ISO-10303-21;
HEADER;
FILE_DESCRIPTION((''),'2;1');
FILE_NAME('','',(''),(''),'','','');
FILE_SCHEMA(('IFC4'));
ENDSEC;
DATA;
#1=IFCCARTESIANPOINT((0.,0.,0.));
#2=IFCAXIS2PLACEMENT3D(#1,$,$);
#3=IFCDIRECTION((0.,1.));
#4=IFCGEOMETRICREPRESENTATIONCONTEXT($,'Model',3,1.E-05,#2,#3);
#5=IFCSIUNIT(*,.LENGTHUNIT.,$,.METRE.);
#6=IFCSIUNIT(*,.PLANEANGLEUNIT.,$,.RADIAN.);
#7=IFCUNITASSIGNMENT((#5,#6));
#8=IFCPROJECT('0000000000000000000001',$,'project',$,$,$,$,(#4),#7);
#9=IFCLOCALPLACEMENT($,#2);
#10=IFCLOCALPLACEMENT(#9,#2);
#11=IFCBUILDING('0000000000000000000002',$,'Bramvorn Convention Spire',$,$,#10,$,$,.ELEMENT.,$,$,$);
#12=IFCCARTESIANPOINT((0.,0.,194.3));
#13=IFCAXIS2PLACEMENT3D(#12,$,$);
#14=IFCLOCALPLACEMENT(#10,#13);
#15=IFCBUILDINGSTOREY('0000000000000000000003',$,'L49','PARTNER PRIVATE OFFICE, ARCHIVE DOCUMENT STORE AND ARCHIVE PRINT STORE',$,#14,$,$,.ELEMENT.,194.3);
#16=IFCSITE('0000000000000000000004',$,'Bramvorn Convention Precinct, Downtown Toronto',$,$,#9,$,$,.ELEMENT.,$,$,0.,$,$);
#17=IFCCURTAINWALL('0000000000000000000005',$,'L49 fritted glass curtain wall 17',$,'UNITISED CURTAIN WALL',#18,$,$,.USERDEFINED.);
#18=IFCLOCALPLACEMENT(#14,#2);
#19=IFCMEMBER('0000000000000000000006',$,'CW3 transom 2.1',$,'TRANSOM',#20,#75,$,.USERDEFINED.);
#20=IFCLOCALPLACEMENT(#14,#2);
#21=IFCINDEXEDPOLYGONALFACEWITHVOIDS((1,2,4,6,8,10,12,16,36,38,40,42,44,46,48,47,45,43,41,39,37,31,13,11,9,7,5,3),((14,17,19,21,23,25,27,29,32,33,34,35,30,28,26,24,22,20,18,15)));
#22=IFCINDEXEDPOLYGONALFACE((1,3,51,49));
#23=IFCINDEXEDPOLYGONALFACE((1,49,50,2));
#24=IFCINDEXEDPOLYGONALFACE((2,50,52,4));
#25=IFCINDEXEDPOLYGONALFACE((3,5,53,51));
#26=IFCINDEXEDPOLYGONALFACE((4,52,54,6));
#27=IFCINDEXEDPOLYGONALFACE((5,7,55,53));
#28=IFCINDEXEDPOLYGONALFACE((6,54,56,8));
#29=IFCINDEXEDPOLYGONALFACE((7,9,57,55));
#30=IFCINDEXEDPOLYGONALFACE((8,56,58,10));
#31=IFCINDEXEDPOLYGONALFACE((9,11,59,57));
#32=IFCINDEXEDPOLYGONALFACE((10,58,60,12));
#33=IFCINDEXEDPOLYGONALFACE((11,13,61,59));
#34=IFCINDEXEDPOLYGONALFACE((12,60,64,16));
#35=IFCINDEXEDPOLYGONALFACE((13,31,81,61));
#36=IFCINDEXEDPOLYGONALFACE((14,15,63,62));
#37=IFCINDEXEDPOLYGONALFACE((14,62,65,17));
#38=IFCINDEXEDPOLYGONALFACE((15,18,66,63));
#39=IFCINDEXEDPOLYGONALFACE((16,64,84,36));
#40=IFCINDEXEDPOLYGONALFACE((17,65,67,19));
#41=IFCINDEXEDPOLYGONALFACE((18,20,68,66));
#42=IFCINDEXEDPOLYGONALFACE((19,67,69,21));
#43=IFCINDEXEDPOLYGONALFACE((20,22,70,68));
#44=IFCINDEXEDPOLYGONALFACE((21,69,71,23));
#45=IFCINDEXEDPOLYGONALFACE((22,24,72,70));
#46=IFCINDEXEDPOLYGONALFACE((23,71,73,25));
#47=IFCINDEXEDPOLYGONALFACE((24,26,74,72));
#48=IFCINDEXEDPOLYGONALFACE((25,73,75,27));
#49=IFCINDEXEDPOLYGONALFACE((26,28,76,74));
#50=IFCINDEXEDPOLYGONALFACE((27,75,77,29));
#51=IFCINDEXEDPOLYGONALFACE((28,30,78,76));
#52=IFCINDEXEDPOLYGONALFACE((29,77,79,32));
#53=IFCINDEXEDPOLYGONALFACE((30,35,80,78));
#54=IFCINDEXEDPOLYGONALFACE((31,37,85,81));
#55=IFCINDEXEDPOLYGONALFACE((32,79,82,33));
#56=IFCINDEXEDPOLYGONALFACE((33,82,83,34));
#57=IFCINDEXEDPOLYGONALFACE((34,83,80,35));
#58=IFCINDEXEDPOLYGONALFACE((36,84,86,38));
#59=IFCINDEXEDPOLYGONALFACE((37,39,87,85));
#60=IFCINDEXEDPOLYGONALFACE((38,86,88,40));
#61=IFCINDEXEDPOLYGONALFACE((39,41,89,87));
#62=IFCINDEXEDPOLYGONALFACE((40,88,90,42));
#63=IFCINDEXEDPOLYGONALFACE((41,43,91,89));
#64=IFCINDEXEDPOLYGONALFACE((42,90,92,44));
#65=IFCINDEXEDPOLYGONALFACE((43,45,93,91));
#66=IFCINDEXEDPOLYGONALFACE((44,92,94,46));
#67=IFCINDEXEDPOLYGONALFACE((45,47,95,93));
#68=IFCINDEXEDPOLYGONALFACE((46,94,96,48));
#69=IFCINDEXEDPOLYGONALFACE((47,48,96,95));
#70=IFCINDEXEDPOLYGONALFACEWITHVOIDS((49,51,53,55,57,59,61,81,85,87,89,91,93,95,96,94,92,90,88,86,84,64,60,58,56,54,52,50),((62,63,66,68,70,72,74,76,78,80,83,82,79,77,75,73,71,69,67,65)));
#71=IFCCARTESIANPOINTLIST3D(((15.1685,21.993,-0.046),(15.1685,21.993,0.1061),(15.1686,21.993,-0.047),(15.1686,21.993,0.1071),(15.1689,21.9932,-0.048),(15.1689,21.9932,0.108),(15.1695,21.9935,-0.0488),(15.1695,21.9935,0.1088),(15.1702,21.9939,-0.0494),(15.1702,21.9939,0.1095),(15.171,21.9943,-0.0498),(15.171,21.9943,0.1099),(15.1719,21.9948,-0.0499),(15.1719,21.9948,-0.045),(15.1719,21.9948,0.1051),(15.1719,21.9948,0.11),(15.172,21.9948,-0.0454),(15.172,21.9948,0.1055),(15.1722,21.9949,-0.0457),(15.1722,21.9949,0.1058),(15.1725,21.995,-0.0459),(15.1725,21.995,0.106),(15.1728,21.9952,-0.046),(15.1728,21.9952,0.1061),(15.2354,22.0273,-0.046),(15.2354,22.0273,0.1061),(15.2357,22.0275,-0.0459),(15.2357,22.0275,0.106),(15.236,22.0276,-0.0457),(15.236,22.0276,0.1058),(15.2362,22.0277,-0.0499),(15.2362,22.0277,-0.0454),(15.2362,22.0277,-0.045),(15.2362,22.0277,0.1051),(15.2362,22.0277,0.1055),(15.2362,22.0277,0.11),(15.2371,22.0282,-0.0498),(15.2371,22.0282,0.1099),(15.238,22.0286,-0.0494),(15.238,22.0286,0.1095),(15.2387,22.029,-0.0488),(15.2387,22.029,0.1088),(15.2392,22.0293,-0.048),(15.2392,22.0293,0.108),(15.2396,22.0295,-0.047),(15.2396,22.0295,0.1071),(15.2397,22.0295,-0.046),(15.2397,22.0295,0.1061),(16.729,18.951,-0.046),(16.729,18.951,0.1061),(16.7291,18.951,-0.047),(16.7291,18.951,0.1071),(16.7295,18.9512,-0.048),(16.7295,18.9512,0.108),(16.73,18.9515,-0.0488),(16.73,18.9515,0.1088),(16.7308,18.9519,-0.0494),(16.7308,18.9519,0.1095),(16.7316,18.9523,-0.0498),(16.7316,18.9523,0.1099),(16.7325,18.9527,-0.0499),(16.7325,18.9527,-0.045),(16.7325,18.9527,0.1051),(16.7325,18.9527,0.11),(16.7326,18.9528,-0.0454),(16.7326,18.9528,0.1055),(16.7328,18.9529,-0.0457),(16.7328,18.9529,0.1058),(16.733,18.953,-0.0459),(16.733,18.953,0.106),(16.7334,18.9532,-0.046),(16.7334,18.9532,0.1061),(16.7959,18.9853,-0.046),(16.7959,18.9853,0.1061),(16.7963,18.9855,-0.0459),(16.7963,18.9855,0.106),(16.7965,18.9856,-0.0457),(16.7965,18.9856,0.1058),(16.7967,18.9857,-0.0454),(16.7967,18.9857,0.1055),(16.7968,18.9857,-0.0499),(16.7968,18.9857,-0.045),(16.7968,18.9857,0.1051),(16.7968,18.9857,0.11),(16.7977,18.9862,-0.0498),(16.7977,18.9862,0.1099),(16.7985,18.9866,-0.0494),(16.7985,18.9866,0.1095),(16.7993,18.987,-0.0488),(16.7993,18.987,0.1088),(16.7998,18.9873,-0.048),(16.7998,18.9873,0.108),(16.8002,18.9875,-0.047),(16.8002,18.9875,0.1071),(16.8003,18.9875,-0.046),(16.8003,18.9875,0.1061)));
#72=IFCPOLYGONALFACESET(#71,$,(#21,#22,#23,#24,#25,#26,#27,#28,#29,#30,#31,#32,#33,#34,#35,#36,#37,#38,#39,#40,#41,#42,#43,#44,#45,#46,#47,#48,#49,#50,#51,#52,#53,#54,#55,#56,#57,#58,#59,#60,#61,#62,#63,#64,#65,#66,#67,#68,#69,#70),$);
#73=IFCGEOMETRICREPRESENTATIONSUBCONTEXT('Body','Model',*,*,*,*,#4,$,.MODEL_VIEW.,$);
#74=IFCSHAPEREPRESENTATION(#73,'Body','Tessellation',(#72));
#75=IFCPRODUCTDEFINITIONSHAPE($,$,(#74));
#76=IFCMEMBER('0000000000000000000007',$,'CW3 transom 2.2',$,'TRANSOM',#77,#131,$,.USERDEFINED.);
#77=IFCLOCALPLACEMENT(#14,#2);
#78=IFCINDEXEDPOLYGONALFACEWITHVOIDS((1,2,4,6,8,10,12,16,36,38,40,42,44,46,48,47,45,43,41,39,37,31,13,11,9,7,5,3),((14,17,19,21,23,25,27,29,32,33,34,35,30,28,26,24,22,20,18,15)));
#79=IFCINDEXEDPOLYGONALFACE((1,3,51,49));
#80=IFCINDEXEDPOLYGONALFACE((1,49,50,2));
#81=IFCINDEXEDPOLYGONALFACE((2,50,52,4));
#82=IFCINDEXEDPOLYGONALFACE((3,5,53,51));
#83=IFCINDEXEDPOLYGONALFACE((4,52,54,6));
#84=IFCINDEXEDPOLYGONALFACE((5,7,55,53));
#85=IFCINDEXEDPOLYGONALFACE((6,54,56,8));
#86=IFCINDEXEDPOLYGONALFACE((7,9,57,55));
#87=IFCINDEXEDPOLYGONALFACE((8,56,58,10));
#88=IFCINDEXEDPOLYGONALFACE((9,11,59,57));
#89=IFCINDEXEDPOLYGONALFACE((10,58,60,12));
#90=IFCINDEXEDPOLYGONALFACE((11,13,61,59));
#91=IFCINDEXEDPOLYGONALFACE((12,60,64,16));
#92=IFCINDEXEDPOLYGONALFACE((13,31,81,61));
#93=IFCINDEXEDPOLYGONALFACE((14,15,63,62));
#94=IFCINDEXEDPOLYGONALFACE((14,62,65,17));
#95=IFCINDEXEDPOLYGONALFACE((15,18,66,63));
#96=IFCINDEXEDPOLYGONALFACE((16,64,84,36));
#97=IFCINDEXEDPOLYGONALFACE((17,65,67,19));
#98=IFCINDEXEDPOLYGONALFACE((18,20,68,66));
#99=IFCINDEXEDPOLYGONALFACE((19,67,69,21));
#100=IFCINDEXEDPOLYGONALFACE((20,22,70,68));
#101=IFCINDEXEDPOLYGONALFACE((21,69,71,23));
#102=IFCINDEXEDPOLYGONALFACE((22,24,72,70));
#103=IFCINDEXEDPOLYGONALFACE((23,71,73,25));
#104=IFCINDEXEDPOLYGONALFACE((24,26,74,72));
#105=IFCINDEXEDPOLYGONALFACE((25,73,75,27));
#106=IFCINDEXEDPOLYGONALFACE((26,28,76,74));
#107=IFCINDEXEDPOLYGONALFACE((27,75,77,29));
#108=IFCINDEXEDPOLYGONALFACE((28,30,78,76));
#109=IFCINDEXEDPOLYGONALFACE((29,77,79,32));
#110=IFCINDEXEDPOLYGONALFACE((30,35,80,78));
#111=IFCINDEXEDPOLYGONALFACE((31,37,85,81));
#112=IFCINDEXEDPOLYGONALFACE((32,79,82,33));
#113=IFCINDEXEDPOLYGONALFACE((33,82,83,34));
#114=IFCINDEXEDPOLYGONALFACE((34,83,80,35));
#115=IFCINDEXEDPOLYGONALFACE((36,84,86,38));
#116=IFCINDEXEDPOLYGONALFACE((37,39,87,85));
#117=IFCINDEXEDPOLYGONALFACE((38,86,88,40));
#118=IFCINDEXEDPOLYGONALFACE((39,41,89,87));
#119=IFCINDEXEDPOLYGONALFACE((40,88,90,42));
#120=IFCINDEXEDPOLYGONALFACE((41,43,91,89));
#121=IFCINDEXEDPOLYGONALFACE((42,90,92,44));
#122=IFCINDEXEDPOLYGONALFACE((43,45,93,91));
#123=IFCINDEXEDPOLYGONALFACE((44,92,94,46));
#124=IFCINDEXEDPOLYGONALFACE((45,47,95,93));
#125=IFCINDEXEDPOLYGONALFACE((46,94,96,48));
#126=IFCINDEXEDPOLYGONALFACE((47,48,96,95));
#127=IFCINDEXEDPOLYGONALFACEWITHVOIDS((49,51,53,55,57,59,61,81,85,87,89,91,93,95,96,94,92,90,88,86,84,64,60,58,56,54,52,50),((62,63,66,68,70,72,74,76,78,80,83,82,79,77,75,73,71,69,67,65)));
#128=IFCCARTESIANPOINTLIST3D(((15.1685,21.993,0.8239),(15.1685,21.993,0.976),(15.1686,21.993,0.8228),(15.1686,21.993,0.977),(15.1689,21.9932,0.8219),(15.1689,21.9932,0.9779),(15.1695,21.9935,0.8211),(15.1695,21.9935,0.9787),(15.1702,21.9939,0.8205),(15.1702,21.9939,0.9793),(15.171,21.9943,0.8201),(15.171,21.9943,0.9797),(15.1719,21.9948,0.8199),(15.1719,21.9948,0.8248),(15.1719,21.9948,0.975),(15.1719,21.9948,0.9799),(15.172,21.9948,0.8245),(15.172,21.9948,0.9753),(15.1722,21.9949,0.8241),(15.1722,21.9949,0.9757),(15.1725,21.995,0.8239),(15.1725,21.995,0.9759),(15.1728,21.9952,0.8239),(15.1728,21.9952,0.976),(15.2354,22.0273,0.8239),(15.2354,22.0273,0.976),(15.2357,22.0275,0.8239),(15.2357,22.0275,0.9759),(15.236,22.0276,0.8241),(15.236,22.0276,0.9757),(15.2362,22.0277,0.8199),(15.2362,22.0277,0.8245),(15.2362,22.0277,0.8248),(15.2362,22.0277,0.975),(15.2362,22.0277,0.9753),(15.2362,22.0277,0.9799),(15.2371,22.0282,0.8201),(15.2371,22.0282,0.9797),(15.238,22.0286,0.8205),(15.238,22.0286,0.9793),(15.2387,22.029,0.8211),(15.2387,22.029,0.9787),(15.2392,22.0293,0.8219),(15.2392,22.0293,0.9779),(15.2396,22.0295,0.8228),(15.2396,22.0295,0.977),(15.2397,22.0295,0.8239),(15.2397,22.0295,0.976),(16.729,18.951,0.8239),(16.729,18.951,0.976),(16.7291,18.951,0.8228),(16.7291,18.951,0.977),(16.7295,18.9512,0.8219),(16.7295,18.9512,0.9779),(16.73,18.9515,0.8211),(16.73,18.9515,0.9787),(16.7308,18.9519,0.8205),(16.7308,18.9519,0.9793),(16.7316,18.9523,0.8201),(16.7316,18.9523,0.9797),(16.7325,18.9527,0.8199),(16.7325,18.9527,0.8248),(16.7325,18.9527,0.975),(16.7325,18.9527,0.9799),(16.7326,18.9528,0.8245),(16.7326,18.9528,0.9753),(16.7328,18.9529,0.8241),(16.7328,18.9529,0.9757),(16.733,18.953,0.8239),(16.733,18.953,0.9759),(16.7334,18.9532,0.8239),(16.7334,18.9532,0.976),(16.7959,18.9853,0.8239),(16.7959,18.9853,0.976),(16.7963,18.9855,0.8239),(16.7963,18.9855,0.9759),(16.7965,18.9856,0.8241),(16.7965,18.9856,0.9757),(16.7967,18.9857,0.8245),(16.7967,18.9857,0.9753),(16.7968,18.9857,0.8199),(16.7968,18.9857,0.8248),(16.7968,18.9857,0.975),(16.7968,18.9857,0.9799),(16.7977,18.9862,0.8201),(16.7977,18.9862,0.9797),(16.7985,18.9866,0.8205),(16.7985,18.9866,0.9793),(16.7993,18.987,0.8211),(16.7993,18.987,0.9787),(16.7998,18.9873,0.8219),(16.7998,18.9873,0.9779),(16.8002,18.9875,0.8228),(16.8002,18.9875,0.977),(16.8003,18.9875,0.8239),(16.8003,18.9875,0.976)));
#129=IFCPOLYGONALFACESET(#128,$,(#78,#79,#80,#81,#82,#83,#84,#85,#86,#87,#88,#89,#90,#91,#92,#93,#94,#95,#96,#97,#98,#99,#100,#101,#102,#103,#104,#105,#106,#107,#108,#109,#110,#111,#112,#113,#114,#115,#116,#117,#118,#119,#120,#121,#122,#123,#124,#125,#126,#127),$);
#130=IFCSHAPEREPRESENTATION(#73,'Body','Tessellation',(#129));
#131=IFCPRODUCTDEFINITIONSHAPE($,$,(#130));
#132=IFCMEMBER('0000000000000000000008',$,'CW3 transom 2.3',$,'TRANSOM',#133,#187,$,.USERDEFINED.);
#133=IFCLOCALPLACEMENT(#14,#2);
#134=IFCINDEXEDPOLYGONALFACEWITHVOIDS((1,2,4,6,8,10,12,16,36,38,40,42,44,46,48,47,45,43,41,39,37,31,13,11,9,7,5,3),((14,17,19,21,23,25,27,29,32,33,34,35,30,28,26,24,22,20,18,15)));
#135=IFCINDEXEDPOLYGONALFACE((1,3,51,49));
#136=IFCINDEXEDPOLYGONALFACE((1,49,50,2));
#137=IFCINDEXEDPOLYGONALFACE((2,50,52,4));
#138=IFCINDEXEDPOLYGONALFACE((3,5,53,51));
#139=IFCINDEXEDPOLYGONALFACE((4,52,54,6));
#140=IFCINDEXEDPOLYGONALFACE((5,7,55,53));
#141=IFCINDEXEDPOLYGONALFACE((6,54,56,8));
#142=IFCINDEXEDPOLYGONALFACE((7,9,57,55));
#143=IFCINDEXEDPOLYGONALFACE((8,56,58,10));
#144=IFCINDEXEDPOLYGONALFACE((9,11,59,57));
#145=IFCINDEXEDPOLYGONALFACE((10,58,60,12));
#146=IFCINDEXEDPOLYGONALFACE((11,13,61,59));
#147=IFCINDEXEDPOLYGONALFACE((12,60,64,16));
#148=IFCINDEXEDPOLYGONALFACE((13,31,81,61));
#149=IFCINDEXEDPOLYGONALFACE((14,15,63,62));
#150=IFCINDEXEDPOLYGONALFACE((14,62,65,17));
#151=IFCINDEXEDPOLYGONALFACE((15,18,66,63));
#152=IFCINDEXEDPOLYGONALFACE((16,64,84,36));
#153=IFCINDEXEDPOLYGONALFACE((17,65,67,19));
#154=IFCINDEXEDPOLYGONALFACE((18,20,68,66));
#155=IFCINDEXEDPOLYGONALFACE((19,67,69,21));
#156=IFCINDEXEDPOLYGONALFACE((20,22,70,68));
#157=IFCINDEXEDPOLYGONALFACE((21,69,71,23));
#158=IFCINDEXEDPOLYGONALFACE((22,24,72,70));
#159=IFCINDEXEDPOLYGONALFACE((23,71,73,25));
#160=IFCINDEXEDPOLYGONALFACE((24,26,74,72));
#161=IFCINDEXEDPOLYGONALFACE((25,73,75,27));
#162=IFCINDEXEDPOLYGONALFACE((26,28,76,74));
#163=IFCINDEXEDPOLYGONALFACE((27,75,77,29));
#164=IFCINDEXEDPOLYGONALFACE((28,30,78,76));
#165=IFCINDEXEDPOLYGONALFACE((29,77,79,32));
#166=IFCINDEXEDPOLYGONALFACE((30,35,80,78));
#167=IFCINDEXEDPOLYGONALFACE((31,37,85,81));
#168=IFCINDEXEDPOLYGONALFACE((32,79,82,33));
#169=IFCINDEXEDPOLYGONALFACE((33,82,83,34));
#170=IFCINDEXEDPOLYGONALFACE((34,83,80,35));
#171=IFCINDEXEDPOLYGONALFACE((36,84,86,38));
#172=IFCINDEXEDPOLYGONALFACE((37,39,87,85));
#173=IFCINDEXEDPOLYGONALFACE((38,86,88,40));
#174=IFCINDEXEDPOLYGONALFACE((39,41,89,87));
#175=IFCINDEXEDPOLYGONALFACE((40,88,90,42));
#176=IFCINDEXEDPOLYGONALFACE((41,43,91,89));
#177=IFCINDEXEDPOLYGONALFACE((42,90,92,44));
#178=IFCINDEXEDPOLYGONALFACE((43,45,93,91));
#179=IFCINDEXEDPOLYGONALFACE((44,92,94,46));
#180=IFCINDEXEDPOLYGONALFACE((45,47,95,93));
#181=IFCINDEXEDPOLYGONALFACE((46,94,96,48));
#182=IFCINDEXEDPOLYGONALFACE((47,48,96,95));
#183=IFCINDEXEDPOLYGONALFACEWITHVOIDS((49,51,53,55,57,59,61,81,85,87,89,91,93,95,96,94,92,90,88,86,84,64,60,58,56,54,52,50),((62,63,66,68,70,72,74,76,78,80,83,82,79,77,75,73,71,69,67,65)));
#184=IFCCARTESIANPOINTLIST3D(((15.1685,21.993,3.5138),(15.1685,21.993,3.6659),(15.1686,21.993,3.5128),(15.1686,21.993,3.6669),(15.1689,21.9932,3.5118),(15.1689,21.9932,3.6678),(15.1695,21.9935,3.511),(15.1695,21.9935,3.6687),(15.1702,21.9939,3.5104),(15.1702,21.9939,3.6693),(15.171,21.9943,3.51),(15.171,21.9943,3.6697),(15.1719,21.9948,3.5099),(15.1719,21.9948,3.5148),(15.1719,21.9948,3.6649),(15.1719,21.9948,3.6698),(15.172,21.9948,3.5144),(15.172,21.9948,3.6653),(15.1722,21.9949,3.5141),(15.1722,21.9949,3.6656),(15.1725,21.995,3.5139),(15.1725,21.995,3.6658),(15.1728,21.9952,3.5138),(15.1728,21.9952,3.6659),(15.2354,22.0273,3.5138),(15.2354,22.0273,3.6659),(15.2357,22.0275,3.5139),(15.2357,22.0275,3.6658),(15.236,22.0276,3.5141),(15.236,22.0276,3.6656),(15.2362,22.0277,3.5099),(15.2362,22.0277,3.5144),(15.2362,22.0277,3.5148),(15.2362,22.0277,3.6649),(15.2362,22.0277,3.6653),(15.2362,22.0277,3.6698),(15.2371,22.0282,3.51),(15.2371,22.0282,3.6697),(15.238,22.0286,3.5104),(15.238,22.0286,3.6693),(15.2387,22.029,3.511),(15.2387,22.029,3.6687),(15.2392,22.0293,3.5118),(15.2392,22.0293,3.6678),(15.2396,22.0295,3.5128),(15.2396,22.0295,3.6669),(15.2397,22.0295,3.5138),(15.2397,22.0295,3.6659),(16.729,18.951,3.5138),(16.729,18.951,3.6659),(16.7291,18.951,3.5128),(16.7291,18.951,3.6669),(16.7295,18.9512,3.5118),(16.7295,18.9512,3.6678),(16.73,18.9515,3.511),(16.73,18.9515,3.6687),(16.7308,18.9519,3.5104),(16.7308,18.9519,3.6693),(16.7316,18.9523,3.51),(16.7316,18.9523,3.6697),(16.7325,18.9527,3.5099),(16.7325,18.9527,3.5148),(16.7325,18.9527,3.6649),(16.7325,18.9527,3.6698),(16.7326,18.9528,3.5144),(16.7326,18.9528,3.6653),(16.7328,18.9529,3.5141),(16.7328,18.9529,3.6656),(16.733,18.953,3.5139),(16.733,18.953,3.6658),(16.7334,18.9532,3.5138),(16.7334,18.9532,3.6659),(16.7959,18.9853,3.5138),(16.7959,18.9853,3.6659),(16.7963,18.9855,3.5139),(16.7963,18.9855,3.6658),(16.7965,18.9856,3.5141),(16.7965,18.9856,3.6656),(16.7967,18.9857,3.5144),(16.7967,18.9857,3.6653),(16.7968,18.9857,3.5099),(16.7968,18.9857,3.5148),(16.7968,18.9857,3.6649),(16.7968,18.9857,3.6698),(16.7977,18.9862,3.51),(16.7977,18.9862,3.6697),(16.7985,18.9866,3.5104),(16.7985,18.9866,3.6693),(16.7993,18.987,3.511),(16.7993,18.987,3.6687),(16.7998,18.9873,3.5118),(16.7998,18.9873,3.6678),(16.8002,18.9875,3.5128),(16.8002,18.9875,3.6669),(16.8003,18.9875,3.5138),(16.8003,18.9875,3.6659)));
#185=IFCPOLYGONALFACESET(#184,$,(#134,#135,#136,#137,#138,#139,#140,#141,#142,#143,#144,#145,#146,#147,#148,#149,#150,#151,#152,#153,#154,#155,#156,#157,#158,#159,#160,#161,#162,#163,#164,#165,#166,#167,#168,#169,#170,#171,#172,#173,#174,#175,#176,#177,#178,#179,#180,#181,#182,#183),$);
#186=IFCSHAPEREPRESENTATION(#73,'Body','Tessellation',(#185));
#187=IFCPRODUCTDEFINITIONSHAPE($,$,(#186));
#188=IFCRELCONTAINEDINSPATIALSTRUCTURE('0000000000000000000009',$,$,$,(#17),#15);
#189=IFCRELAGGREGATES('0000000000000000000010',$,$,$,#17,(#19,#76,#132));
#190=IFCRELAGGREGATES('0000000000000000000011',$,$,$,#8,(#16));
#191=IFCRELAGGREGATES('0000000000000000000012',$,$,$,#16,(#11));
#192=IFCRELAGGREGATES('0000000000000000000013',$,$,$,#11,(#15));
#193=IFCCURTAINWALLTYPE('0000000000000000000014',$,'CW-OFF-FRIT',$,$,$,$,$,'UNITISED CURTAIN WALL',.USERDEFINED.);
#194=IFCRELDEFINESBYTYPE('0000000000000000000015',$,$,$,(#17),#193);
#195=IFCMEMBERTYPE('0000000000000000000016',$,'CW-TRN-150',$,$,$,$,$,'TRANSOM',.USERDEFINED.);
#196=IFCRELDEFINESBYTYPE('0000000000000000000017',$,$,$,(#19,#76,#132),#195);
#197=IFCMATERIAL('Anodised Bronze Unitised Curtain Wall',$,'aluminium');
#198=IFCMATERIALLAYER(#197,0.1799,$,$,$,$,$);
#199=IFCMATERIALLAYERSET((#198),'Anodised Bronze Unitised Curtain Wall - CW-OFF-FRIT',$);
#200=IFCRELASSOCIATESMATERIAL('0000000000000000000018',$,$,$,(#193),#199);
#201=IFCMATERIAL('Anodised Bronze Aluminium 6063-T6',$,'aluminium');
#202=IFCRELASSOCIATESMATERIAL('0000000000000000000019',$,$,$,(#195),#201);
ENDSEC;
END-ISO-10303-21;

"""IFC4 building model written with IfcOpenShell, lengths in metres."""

from ifc_helpers import new_model, si_unit, direction, frame, origin, origin_2d, place, context, subcontext, project, spatial, hollow_rectangle, extrude, material, layer, layer_set, material_profile, profile_set, type_object, element, aggregate, save


model = new_model("IFC4")

# Units and contexts
model_context = context("Model", 3, precision=1e-05, world=origin(), true_north=direction((0.0, 1.0)))
body_context = subcontext(model_context, "Body", "Model", "MODEL_VIEW")
ifc_project = project(units=[si_unit("LENGTHUNIT", "METRE"), si_unit("PLANEANGLEUNIT", "RADIAN")], contexts=[model_context])

# Site, building, storey
site_placement = place(None, origin())
site = spatial("IfcSite", under=ifc_project, at=site_placement, Name="Bramvorn Convention Precinct, Downtown Toronto", CompositionType="ELEMENT", RefElevation=0.0)
building_placement = place(site_placement, origin())
building = spatial("IfcBuilding", under=site, at=building_placement, Name="Bramvorn Convention Spire", CompositionType="ELEMENT")
storey_placement = place(building_placement, frame((0.0, 0.0, 194.3)))
storey = spatial("IfcBuildingStorey", under=building, at=storey_placement, Name="L49", Description="PARTNER PRIVATE OFFICE, ARCHIVE DOCUMENT STORE AND ARCHIVE PRINT STORE", CompositionType="ELEMENT", Elevation=194.3)

# Curtain wall, members
ifc_material_1 = material(Name="Anodised Bronze Unitised Curtain Wall", Category="aluminium")
ifc_layer_1 = layer(ifc_material_1, 0.1799)
ifc_layer_set_1 = layer_set([ifc_layer_1], Name="Anodised Bronze Unitised Curtain Wall - CW-OFF-FRIT")
curtain_wall_type = type_object("IfcCurtainWallType", Name="CW-OFF-FRIT", ElementType="UNITISED CURTAIN WALL", PredefinedType="USERDEFINED", material=ifc_layer_set_1)
curtain_wall_placement = place(storey_placement, origin())
curtain_wall = element("IfcCurtainWall", 1, at=curtain_wall_placement, inside=storey, type_object=curtain_wall_type, Name="L49 fritted glass curtain wall 17", ObjectType="UNITISED CURTAIN WALL", PredefinedType="USERDEFINED")
ifc_material_2 = material(Name="Anodised Bronze Aluminium 6063-T6", Category="aluminium")
ifc_material_profile_1 = material_profile(ifc_material_2, hollow_rectangle(XDim=0.0801, YDim=0.1599, WallThickness=0.0039, InnerFilletRadius=0.001, OuterFilletRadius=0.0039, at=origin_2d()))
ifc_profile_set_1 = profile_set([ifc_material_profile_1], Name="Anodised Bronze Aluminium 6063-T6 - CWT80X160")
member_type_1 = type_object("IfcMemberType", Name="CW-TRN-150", ElementType="TRANSOM", PredefinedType="USERDEFINED", material=ifc_profile_set_1)
member_1_placement = place(storey_placement, frame((16.7646, 18.9692, 0.03), z_axis=(-0.456444, 0.889752, 0.0), x_axis=(-0.889752, -0.456444, 0.0)))
member_1 = element("IfcMember", 2, at=member_1_placement, type_object=member_type_1, Name="CW3 transom 2.1", ObjectType="TRANSOM", PredefinedType="USERDEFINED", context=body_context, shape_type="SweptSolid", body=[
    extrude(hollow_rectangle(XDim=0.0801, YDim=0.1599, WallThickness=0.0039, InnerFilletRadius=0.001, OuterFilletRadius=0.0039, at=origin_2d()), origin(), (0.0, 0.0, 1.0), 3.4189),
])
member_2_placement = place(storey_placement, frame((16.7646, 18.9692, 0.8999), z_axis=(-0.456444, 0.889752, 0.0), x_axis=(-0.889752, -0.456444, 0.0)))
member_2 = element("IfcMember", 3, at=member_2_placement, type_object=member_type_1, Name="CW3 transom 2.2", ObjectType="TRANSOM", PredefinedType="USERDEFINED", context=body_context, shape_type="SweptSolid", body=[
    extrude(hollow_rectangle(XDim=0.0801, YDim=0.1599, WallThickness=0.0039, InnerFilletRadius=0.001, OuterFilletRadius=0.0039, at=origin_2d()), origin(), (0.0, 0.0, 1.0), 3.4189),
])
member_3_placement = place(storey_placement, frame((16.7646, 18.9692, 3.5898), z_axis=(-0.456444, 0.889752, 0.0), x_axis=(-0.889752, -0.456444, 0.0)))
member_3 = element("IfcMember", 4, at=member_3_placement, type_object=member_type_1, Name="CW3 transom 2.3", ObjectType="TRANSOM", PredefinedType="USERDEFINED", context=body_context, shape_type="SweptSolid", body=[
    extrude(hollow_rectangle(XDim=0.0801, YDim=0.1599, WallThickness=0.0039, InnerFilletRadius=0.001, OuterFilletRadius=0.0039, at=origin_2d()), origin(), (0.0, 0.0, 1.0), 3.4189),
])

aggregate(curtain_wall, [member_1, member_2, member_3])

save(model, "model.ifc")
